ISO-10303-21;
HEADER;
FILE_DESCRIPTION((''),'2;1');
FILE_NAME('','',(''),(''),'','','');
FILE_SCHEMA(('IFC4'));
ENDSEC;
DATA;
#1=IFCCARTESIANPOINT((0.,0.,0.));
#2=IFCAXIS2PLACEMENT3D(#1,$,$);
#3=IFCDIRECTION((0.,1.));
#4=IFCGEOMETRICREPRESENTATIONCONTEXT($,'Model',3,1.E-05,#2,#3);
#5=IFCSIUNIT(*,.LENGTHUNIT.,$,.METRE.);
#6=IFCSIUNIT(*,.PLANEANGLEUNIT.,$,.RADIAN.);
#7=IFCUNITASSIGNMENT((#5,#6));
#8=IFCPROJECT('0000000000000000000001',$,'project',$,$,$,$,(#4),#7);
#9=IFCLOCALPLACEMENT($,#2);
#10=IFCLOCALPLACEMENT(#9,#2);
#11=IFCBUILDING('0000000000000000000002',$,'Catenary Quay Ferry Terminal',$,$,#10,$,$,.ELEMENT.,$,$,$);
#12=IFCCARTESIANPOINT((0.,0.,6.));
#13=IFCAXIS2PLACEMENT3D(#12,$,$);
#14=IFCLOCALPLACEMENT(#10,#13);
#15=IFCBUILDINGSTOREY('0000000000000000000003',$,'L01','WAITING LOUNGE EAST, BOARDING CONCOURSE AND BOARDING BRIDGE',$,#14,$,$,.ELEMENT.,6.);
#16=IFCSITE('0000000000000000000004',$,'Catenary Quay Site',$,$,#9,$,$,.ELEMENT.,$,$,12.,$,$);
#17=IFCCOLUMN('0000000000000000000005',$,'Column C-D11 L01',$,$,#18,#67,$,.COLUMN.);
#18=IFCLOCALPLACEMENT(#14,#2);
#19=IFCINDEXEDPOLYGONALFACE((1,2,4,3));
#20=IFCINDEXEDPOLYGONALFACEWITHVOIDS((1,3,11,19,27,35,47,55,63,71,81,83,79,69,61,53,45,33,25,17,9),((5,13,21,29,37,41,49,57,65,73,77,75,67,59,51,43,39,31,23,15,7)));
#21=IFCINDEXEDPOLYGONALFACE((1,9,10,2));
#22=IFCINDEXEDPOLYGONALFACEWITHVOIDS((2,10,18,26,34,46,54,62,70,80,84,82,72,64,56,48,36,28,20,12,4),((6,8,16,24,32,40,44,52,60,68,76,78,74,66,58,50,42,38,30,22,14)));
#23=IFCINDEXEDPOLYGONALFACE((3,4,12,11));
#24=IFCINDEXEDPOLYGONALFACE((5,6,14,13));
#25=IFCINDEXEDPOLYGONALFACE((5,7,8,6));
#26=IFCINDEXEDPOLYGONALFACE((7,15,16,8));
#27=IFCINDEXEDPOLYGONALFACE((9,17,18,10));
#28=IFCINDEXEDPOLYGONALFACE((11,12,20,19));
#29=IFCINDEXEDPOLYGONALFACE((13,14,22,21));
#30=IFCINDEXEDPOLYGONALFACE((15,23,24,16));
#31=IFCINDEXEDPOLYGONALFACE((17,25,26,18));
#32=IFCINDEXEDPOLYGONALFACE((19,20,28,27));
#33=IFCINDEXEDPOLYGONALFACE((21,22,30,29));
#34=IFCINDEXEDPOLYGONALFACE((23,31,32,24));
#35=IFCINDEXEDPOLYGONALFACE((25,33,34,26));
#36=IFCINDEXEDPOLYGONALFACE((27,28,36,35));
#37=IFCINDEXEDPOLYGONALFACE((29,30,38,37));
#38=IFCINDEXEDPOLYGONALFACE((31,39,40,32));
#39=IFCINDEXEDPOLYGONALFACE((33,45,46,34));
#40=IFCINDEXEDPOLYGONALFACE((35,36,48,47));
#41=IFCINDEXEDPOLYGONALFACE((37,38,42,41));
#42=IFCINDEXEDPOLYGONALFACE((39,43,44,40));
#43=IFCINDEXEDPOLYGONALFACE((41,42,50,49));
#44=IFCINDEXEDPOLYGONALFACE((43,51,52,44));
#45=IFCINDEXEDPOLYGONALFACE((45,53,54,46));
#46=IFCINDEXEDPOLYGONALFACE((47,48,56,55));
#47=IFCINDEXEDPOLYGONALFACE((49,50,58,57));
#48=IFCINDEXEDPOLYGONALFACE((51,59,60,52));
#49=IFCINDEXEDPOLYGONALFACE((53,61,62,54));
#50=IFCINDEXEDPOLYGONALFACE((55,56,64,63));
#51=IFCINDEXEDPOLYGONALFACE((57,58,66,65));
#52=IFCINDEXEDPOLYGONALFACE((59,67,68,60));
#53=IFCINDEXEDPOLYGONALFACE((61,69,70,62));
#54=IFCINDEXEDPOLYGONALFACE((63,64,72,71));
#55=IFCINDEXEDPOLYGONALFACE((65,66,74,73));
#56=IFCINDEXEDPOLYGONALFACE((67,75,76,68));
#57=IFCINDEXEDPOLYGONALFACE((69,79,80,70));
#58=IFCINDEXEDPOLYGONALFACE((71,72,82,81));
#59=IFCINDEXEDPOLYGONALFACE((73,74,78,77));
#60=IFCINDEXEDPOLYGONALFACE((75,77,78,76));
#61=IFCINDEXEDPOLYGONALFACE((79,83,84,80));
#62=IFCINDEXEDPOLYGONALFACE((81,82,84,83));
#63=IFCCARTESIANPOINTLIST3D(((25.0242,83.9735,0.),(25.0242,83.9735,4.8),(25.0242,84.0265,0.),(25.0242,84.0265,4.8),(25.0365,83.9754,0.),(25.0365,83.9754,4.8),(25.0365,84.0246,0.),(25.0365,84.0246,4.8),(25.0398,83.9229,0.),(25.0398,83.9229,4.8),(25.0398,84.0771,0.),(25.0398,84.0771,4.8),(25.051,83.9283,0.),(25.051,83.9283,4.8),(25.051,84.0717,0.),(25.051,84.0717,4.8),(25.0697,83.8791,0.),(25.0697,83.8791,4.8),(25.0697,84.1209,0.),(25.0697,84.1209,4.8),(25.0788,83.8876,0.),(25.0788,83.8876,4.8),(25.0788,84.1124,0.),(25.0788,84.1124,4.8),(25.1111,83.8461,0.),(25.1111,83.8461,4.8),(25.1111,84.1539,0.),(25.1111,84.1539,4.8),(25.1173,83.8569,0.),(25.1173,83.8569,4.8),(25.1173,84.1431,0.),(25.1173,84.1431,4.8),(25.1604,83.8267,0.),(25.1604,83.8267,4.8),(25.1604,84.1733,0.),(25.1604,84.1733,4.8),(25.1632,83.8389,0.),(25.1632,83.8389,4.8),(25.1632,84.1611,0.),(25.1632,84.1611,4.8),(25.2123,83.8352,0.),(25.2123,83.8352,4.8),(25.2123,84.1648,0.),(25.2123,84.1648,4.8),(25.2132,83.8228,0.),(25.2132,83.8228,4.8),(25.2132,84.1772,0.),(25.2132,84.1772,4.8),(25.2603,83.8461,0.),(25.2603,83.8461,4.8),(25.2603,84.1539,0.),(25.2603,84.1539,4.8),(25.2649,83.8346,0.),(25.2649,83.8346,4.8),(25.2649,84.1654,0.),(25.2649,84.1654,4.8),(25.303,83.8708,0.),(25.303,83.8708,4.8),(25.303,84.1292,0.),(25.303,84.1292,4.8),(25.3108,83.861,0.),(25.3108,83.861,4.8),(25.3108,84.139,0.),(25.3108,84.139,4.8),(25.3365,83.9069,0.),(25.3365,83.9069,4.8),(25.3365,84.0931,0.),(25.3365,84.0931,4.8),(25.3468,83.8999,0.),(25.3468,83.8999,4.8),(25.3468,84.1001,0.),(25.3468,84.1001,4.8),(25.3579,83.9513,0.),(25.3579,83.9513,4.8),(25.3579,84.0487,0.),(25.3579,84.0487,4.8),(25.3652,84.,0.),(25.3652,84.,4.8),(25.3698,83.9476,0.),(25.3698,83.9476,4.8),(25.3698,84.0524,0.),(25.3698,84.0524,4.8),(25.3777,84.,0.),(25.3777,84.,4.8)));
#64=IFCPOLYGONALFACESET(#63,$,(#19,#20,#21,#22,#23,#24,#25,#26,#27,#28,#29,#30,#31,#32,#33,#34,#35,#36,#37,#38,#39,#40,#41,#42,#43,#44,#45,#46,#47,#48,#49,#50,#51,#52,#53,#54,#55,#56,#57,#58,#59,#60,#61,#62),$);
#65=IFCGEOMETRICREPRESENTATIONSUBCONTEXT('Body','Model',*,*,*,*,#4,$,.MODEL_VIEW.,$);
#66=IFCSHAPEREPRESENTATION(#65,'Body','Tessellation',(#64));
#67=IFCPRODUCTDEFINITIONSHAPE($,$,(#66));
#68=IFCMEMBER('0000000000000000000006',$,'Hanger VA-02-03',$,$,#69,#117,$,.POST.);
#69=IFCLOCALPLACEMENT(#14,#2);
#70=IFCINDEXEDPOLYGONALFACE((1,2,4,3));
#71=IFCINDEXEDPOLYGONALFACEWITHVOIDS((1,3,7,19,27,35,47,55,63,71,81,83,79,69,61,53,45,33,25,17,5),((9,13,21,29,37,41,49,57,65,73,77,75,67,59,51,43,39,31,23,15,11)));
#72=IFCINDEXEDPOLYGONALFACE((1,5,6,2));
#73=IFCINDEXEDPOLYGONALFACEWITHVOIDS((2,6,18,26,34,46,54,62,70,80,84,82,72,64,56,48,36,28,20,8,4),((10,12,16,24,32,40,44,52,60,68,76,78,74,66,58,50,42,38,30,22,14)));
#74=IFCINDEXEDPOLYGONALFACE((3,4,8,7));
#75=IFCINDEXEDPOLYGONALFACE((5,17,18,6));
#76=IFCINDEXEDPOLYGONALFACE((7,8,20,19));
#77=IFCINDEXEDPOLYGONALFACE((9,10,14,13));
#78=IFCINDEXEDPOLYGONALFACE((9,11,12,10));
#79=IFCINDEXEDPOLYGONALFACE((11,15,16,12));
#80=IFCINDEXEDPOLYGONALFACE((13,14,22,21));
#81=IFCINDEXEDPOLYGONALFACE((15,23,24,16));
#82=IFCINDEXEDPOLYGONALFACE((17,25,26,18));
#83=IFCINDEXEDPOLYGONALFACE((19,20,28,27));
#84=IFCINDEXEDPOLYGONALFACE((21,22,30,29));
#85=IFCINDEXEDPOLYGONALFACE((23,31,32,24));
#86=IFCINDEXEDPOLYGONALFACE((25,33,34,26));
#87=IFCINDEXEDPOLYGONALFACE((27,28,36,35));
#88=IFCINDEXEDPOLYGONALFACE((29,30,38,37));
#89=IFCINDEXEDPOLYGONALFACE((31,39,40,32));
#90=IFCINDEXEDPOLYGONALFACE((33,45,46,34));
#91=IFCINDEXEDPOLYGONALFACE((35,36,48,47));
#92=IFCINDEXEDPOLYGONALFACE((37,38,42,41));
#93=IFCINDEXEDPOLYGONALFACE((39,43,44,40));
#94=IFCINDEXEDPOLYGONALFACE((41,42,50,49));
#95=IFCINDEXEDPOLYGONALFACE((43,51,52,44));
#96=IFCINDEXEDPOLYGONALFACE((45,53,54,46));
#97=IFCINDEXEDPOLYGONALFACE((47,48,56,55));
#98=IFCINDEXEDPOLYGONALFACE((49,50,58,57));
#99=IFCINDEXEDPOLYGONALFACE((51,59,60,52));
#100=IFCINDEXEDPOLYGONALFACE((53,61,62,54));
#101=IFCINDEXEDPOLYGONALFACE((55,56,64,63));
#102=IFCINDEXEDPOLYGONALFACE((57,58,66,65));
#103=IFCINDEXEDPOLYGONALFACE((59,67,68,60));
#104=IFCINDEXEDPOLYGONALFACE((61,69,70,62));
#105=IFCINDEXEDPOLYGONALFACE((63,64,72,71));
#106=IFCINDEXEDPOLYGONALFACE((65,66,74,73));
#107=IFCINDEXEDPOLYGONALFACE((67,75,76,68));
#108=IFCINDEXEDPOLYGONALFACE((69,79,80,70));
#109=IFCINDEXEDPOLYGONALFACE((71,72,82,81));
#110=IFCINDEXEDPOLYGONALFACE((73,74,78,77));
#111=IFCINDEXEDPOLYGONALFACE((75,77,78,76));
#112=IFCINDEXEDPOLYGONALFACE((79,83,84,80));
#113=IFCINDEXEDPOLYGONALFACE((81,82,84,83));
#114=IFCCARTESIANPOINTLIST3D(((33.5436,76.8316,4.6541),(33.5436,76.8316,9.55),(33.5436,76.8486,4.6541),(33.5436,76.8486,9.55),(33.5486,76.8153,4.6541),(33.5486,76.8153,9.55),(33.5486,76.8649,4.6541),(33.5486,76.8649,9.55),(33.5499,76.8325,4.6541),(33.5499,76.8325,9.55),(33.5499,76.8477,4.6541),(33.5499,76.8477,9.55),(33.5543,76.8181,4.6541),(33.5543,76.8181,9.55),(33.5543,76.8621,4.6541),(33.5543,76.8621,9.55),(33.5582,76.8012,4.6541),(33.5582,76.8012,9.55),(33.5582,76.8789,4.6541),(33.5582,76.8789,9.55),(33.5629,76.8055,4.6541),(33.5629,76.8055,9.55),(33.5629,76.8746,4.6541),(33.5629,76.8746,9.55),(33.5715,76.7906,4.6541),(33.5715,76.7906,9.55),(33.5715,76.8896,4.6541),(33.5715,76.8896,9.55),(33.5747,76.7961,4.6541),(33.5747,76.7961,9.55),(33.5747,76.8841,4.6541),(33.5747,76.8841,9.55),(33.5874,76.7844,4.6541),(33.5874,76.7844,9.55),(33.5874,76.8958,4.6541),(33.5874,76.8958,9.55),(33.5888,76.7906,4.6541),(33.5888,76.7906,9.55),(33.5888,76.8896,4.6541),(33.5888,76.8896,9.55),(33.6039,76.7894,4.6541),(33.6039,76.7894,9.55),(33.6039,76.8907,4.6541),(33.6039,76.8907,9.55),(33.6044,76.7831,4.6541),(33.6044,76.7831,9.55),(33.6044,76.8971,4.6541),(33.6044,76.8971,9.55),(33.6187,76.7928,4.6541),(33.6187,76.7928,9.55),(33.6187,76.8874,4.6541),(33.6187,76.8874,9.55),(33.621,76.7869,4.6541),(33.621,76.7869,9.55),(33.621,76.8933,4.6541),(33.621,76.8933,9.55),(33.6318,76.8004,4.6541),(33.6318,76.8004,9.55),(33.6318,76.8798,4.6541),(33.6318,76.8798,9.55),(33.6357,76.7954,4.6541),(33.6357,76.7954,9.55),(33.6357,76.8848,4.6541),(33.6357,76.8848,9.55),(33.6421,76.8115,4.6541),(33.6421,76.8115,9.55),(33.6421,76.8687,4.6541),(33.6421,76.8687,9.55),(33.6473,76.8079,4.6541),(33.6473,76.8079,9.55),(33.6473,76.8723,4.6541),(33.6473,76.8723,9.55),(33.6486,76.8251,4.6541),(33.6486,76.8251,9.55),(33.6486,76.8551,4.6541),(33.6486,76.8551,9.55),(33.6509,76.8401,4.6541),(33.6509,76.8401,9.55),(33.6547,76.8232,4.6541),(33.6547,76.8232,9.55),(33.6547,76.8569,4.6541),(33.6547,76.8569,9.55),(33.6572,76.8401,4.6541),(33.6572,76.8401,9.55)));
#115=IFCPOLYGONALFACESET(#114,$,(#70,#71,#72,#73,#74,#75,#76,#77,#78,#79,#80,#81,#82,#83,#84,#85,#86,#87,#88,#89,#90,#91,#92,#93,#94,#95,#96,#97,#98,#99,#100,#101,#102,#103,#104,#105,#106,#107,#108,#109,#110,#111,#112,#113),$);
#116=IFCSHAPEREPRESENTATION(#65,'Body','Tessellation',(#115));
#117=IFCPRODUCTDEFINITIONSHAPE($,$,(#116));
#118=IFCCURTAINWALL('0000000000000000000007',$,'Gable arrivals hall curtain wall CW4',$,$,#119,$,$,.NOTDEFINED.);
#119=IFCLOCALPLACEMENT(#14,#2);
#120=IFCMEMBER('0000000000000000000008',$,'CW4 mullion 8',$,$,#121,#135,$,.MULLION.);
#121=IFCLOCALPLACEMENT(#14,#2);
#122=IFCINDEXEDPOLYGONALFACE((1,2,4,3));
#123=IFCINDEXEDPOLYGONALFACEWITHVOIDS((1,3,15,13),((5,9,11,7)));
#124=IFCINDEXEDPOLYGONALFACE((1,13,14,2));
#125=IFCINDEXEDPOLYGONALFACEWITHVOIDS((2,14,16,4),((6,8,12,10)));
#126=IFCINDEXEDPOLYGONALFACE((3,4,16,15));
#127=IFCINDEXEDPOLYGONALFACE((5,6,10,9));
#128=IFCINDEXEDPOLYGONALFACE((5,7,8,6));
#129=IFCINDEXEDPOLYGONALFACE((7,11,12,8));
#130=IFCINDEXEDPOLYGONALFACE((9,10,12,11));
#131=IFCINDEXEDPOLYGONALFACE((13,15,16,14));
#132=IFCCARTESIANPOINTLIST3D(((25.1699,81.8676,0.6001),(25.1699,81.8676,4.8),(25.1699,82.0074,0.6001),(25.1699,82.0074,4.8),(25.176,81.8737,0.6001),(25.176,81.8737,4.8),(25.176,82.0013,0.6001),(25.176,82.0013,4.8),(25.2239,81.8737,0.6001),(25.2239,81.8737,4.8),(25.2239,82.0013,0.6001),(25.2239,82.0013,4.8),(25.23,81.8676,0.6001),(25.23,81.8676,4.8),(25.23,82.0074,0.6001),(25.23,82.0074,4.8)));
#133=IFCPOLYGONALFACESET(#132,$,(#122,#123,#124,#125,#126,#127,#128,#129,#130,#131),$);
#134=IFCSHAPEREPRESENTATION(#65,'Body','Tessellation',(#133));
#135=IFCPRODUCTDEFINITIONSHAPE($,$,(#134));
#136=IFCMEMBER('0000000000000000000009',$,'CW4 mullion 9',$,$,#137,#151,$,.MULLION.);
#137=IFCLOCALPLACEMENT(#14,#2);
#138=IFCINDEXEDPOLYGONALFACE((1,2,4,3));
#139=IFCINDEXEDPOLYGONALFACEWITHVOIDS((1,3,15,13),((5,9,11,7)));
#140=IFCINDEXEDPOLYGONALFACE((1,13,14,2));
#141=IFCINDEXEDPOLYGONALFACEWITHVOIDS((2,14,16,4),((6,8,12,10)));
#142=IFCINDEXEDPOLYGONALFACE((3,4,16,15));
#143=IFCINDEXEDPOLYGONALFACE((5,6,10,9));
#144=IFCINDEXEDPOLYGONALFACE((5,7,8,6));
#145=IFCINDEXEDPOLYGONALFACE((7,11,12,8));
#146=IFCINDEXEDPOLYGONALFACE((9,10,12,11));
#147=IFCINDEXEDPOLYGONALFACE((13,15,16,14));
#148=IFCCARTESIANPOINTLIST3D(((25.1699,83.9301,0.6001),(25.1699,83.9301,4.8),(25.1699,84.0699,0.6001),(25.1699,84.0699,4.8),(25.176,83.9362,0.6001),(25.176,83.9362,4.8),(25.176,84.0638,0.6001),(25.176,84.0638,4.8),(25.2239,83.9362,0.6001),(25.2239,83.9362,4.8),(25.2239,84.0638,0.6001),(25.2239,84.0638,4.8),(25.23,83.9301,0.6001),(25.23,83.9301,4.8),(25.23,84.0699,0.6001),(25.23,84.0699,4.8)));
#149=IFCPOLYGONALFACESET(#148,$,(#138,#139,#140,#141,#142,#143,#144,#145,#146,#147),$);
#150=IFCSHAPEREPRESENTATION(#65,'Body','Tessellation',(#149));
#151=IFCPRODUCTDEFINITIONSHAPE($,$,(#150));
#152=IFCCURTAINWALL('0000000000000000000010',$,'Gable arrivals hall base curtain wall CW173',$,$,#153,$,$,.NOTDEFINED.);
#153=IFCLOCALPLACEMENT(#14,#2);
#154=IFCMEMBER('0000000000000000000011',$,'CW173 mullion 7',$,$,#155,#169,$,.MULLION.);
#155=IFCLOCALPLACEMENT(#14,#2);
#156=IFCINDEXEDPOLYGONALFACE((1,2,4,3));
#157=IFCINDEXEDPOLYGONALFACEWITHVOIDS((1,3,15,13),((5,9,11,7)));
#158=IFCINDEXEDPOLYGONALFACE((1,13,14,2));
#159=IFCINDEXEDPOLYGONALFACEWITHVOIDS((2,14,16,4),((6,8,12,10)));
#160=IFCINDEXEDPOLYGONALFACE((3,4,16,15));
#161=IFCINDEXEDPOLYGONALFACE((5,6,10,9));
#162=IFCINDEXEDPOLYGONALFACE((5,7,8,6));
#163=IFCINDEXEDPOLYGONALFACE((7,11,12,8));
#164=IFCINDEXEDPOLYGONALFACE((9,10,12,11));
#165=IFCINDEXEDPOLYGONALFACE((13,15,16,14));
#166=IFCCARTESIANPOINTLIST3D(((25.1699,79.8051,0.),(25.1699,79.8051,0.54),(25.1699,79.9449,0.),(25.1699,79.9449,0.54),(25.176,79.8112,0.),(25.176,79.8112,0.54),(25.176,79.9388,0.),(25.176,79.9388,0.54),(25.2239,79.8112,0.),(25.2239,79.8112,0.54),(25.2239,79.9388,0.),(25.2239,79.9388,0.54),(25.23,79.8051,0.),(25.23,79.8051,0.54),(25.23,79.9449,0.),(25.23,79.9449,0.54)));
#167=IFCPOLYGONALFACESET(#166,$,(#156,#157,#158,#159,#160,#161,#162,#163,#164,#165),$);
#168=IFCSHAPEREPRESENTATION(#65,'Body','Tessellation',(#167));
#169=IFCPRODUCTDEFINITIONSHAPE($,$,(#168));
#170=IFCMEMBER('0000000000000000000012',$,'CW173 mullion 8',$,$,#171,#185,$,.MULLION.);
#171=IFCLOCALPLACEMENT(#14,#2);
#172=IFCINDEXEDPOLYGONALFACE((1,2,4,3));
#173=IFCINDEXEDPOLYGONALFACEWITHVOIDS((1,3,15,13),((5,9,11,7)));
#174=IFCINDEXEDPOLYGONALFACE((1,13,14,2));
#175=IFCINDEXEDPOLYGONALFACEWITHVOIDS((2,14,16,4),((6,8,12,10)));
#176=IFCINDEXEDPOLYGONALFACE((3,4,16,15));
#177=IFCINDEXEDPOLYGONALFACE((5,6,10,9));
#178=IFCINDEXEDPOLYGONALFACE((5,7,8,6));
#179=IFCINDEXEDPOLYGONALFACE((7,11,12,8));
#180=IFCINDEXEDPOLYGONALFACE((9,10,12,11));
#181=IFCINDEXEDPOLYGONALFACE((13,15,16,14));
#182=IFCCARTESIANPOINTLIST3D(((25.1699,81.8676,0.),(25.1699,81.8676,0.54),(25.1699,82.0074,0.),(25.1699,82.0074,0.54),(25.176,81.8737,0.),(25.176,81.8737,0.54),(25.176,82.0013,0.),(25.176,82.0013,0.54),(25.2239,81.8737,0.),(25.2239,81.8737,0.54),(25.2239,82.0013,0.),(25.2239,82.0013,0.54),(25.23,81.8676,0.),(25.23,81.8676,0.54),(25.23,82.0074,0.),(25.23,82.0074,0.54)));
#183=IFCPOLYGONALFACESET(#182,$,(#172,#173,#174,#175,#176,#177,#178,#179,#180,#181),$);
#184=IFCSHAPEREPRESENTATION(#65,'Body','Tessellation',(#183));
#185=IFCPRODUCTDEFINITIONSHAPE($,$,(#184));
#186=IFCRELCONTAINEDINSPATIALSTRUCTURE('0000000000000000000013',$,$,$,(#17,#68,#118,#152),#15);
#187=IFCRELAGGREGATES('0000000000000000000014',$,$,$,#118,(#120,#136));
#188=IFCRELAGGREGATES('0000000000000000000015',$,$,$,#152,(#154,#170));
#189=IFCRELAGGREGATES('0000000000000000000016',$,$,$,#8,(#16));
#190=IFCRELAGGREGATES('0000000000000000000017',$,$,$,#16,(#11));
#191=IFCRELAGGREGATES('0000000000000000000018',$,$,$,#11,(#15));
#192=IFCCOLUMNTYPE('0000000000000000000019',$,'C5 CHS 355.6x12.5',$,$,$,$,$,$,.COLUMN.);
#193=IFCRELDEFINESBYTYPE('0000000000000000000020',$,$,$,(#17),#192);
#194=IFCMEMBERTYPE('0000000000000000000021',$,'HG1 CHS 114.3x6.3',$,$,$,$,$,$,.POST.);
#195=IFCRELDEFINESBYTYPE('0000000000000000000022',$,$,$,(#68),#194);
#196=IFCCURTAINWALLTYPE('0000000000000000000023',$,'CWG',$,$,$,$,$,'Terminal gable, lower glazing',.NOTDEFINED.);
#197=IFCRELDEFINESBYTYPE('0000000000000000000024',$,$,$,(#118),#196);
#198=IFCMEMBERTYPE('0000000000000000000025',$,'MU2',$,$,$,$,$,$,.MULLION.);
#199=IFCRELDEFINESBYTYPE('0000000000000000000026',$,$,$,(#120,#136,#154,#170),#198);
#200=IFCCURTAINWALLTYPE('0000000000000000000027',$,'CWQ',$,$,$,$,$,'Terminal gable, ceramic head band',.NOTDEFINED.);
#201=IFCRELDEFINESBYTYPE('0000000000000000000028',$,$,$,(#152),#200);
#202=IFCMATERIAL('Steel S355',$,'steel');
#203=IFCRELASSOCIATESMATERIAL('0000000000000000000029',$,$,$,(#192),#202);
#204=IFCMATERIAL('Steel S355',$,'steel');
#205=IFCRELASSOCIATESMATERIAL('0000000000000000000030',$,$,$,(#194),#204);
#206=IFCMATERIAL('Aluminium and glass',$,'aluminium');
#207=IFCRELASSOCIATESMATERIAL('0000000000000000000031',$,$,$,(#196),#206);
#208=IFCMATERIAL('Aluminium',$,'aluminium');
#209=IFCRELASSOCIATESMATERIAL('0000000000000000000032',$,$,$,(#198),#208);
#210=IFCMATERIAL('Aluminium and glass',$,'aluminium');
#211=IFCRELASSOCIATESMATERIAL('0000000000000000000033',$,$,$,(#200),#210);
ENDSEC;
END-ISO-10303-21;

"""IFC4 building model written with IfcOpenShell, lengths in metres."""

from ifc_helpers import new_model, si_unit, direction, frame, origin, origin_2d, place, context, subcontext, project, spatial, hollow_rectangle, hollow_circle, extrude, material, material_profile, profile_set, type_object, element, aggregate, save


model = new_model("IFC4")

# Units and contexts
model_context = context("Model", 3, precision=1e-05, world=origin(), true_north=direction((0.0, 1.0)))
body_context = subcontext(model_context, "Body", "Model", "MODEL_VIEW")
ifc_project = project(units=[si_unit("LENGTHUNIT", "METRE"), si_unit("PLANEANGLEUNIT", "RADIAN")], contexts=[model_context])

# Site, building, storey
site_placement = place(None, origin())
site = spatial("IfcSite", under=ifc_project, at=site_placement, Name="Catenary Quay Site", CompositionType="ELEMENT", RefElevation=12.0)
building_placement = place(site_placement, origin())
building = spatial("IfcBuilding", under=site, at=building_placement, Name="Catenary Quay Ferry Terminal", CompositionType="ELEMENT")
storey_placement = place(building_placement, frame((0.0, 0.0, 6.0)))
storey = spatial("IfcBuildingStorey", under=building, at=storey_placement, Name="L01", Description="WAITING LOUNGE EAST, BOARDING CONCOURSE AND BOARDING BRIDGE", CompositionType="ELEMENT", Elevation=6.0)

# Column
ifc_material_1 = material(Name="Steel S355", Category="steel")
ifc_material_profile_1 = material_profile(ifc_material_1, hollow_circle(Radius=0.1777, WallThickness=0.0125, at=origin_2d()), Name="CHS 355.6x12.5")
ifc_profile_set_1 = profile_set([ifc_material_profile_1], Name="Steel S355")
column_type = type_object("IfcColumnType", Name="C5 CHS 355.6x12.5", PredefinedType="COLUMN", material=ifc_profile_set_1)
column_placement = place(storey_placement, frame((25.2, 84.0, 0.0), z_axis=(0.0, 0.0, 1.0), x_axis=(1.0, 0.0, 0.0)))
element("IfcColumn", 1, at=column_placement, inside=storey, type_object=column_type, Name="Column C-D11 L01", PredefinedType="COLUMN", context=body_context, shape_type="SweptSolid", body=[
    extrude(hollow_circle(Radius=0.1777, WallThickness=0.0125, at=origin_2d()), origin(), (0.0, 0.0, 1.0), 4.8),
])

# Member
ifc_material_2 = material(Name="Steel S355", Category="steel")
ifc_material_profile_2 = material_profile(ifc_material_2, hollow_circle(Radius=0.0571, WallThickness=0.0063, at=origin_2d()), Name="CHS 114.3x6.3")
ifc_profile_set_2 = profile_set([ifc_material_profile_2], Name="Steel S355")
member_type_1 = type_object("IfcMemberType", Name="HG1 CHS 114.3x6.3", PredefinedType="POST", material=ifc_profile_set_2)
member_1_placement = place(storey_placement, frame((33.6001, 76.8401, 4.6541), z_axis=(0.0, 0.0, 1.0), x_axis=(1.0, 0.0, 0.0)))
element("IfcMember", 2, at=member_1_placement, inside=storey, type_object=member_type_1, Name="Hanger VA-02-03", PredefinedType="POST", context=body_context, shape_type="SweptSolid", body=[
    extrude(hollow_circle(Radius=0.0571, WallThickness=0.0063, at=origin_2d()), origin(), (0.0, 0.0, 1.0), 4.896),
])

# Curtain walls, members
ifc_material_3 = material(Name="Aluminium and glass", Category="aluminium")
curtain_wall_type_1 = type_object("IfcCurtainWallType", Name="CWG", ElementType="Terminal gable, lower glazing", PredefinedType="NOTDEFINED", material=ifc_material_3)
curtain_wall_1_placement = place(storey_placement, origin())
curtain_wall_1 = element("IfcCurtainWall", 3, at=curtain_wall_1_placement, inside=storey, type_object=curtain_wall_type_1, Name="Gable arrivals hall curtain wall CW4", PredefinedType="NOTDEFINED")
ifc_material_4 = material(Name="Aluminium", Category="aluminium")
ifc_material_profile_3 = material_profile(ifc_material_4, hollow_rectangle(XDim=0.0601, YDim=0.1399, WallThickness=0.0061, at=origin_2d()), Name="MU2")
ifc_profile_set_3 = profile_set([ifc_material_profile_3], Name="Aluminium")
member_type_2 = type_object("IfcMemberType", Name="MU2", PredefinedType="MULLION", material=ifc_profile_set_3)
member_2_placement = place(storey_placement, frame((25.2, 81.9375, 0.6001), z_axis=(0.0, 0.0, 1.0), x_axis=(-1.0, 0.0, 0.0)))
member_2 = element("IfcMember", 4, at=member_2_placement, type_object=member_type_2, Name="CW4 mullion 8", PredefinedType="MULLION", context=body_context, shape_type="SweptSolid", body=[
    extrude(hollow_rectangle(XDim=0.0601, YDim=0.1399, WallThickness=0.0061, at=origin_2d()), origin(), (0.0, 0.0, 1.0), 4.2),
])
member_3_placement = place(storey_placement, frame((25.2, 84.0, 0.6001), z_axis=(0.0, 0.0, 1.0), x_axis=(-1.0, 0.0, 0.0)))
member_3 = element("IfcMember", 5, at=member_3_placement, type_object=member_type_2, Name="CW4 mullion 9", PredefinedType="MULLION", context=body_context, shape_type="SweptSolid", body=[
    extrude(hollow_rectangle(XDim=0.0601, YDim=0.1399, WallThickness=0.0061, at=origin_2d()), origin(), (0.0, 0.0, 1.0), 4.2),
])
ifc_material_5 = material(Name="Aluminium and glass", Category="aluminium")
curtain_wall_type_2 = type_object("IfcCurtainWallType", Name="CWQ", ElementType="Terminal gable, ceramic head band", PredefinedType="NOTDEFINED", material=ifc_material_5)
curtain_wall_2_placement = place(storey_placement, origin())
curtain_wall_2 = element("IfcCurtainWall", 6, at=curtain_wall_2_placement, inside=storey, type_object=curtain_wall_type_2, Name="Gable arrivals hall base curtain wall CW173", PredefinedType="NOTDEFINED")
member_4_placement = place(storey_placement, frame((25.2, 79.875, 0.0), z_axis=(0.0, 0.0, 1.0), x_axis=(-1.0, 0.0, 0.0)))
member_4 = element("IfcMember", 7, at=member_4_placement, type_object=member_type_2, Name="CW173 mullion 7", PredefinedType="MULLION", context=body_context, shape_type="SweptSolid", body=[
    extrude(hollow_rectangle(XDim=0.0601, YDim=0.1399, WallThickness=0.0061, at=origin_2d()), origin(), (0.0, 0.0, 1.0), 0.54),
])
member_5_placement = place(storey_placement, frame((25.2, 81.9375, 0.0), z_axis=(0.0, 0.0, 1.0), x_axis=(-1.0, 0.0, 0.0)))
member_5 = element("IfcMember", 8, at=member_5_placement, type_object=member_type_2, Name="CW173 mullion 8", PredefinedType="MULLION", context=body_context, shape_type="SweptSolid", body=[
    extrude(hollow_rectangle(XDim=0.0601, YDim=0.1399, WallThickness=0.0061, at=origin_2d()), origin(), (0.0, 0.0, 1.0), 0.54),
])

aggregate(curtain_wall_1, [member_2, member_3])
aggregate(curtain_wall_2, [member_4, member_5])

save(model, "model.ifc")
